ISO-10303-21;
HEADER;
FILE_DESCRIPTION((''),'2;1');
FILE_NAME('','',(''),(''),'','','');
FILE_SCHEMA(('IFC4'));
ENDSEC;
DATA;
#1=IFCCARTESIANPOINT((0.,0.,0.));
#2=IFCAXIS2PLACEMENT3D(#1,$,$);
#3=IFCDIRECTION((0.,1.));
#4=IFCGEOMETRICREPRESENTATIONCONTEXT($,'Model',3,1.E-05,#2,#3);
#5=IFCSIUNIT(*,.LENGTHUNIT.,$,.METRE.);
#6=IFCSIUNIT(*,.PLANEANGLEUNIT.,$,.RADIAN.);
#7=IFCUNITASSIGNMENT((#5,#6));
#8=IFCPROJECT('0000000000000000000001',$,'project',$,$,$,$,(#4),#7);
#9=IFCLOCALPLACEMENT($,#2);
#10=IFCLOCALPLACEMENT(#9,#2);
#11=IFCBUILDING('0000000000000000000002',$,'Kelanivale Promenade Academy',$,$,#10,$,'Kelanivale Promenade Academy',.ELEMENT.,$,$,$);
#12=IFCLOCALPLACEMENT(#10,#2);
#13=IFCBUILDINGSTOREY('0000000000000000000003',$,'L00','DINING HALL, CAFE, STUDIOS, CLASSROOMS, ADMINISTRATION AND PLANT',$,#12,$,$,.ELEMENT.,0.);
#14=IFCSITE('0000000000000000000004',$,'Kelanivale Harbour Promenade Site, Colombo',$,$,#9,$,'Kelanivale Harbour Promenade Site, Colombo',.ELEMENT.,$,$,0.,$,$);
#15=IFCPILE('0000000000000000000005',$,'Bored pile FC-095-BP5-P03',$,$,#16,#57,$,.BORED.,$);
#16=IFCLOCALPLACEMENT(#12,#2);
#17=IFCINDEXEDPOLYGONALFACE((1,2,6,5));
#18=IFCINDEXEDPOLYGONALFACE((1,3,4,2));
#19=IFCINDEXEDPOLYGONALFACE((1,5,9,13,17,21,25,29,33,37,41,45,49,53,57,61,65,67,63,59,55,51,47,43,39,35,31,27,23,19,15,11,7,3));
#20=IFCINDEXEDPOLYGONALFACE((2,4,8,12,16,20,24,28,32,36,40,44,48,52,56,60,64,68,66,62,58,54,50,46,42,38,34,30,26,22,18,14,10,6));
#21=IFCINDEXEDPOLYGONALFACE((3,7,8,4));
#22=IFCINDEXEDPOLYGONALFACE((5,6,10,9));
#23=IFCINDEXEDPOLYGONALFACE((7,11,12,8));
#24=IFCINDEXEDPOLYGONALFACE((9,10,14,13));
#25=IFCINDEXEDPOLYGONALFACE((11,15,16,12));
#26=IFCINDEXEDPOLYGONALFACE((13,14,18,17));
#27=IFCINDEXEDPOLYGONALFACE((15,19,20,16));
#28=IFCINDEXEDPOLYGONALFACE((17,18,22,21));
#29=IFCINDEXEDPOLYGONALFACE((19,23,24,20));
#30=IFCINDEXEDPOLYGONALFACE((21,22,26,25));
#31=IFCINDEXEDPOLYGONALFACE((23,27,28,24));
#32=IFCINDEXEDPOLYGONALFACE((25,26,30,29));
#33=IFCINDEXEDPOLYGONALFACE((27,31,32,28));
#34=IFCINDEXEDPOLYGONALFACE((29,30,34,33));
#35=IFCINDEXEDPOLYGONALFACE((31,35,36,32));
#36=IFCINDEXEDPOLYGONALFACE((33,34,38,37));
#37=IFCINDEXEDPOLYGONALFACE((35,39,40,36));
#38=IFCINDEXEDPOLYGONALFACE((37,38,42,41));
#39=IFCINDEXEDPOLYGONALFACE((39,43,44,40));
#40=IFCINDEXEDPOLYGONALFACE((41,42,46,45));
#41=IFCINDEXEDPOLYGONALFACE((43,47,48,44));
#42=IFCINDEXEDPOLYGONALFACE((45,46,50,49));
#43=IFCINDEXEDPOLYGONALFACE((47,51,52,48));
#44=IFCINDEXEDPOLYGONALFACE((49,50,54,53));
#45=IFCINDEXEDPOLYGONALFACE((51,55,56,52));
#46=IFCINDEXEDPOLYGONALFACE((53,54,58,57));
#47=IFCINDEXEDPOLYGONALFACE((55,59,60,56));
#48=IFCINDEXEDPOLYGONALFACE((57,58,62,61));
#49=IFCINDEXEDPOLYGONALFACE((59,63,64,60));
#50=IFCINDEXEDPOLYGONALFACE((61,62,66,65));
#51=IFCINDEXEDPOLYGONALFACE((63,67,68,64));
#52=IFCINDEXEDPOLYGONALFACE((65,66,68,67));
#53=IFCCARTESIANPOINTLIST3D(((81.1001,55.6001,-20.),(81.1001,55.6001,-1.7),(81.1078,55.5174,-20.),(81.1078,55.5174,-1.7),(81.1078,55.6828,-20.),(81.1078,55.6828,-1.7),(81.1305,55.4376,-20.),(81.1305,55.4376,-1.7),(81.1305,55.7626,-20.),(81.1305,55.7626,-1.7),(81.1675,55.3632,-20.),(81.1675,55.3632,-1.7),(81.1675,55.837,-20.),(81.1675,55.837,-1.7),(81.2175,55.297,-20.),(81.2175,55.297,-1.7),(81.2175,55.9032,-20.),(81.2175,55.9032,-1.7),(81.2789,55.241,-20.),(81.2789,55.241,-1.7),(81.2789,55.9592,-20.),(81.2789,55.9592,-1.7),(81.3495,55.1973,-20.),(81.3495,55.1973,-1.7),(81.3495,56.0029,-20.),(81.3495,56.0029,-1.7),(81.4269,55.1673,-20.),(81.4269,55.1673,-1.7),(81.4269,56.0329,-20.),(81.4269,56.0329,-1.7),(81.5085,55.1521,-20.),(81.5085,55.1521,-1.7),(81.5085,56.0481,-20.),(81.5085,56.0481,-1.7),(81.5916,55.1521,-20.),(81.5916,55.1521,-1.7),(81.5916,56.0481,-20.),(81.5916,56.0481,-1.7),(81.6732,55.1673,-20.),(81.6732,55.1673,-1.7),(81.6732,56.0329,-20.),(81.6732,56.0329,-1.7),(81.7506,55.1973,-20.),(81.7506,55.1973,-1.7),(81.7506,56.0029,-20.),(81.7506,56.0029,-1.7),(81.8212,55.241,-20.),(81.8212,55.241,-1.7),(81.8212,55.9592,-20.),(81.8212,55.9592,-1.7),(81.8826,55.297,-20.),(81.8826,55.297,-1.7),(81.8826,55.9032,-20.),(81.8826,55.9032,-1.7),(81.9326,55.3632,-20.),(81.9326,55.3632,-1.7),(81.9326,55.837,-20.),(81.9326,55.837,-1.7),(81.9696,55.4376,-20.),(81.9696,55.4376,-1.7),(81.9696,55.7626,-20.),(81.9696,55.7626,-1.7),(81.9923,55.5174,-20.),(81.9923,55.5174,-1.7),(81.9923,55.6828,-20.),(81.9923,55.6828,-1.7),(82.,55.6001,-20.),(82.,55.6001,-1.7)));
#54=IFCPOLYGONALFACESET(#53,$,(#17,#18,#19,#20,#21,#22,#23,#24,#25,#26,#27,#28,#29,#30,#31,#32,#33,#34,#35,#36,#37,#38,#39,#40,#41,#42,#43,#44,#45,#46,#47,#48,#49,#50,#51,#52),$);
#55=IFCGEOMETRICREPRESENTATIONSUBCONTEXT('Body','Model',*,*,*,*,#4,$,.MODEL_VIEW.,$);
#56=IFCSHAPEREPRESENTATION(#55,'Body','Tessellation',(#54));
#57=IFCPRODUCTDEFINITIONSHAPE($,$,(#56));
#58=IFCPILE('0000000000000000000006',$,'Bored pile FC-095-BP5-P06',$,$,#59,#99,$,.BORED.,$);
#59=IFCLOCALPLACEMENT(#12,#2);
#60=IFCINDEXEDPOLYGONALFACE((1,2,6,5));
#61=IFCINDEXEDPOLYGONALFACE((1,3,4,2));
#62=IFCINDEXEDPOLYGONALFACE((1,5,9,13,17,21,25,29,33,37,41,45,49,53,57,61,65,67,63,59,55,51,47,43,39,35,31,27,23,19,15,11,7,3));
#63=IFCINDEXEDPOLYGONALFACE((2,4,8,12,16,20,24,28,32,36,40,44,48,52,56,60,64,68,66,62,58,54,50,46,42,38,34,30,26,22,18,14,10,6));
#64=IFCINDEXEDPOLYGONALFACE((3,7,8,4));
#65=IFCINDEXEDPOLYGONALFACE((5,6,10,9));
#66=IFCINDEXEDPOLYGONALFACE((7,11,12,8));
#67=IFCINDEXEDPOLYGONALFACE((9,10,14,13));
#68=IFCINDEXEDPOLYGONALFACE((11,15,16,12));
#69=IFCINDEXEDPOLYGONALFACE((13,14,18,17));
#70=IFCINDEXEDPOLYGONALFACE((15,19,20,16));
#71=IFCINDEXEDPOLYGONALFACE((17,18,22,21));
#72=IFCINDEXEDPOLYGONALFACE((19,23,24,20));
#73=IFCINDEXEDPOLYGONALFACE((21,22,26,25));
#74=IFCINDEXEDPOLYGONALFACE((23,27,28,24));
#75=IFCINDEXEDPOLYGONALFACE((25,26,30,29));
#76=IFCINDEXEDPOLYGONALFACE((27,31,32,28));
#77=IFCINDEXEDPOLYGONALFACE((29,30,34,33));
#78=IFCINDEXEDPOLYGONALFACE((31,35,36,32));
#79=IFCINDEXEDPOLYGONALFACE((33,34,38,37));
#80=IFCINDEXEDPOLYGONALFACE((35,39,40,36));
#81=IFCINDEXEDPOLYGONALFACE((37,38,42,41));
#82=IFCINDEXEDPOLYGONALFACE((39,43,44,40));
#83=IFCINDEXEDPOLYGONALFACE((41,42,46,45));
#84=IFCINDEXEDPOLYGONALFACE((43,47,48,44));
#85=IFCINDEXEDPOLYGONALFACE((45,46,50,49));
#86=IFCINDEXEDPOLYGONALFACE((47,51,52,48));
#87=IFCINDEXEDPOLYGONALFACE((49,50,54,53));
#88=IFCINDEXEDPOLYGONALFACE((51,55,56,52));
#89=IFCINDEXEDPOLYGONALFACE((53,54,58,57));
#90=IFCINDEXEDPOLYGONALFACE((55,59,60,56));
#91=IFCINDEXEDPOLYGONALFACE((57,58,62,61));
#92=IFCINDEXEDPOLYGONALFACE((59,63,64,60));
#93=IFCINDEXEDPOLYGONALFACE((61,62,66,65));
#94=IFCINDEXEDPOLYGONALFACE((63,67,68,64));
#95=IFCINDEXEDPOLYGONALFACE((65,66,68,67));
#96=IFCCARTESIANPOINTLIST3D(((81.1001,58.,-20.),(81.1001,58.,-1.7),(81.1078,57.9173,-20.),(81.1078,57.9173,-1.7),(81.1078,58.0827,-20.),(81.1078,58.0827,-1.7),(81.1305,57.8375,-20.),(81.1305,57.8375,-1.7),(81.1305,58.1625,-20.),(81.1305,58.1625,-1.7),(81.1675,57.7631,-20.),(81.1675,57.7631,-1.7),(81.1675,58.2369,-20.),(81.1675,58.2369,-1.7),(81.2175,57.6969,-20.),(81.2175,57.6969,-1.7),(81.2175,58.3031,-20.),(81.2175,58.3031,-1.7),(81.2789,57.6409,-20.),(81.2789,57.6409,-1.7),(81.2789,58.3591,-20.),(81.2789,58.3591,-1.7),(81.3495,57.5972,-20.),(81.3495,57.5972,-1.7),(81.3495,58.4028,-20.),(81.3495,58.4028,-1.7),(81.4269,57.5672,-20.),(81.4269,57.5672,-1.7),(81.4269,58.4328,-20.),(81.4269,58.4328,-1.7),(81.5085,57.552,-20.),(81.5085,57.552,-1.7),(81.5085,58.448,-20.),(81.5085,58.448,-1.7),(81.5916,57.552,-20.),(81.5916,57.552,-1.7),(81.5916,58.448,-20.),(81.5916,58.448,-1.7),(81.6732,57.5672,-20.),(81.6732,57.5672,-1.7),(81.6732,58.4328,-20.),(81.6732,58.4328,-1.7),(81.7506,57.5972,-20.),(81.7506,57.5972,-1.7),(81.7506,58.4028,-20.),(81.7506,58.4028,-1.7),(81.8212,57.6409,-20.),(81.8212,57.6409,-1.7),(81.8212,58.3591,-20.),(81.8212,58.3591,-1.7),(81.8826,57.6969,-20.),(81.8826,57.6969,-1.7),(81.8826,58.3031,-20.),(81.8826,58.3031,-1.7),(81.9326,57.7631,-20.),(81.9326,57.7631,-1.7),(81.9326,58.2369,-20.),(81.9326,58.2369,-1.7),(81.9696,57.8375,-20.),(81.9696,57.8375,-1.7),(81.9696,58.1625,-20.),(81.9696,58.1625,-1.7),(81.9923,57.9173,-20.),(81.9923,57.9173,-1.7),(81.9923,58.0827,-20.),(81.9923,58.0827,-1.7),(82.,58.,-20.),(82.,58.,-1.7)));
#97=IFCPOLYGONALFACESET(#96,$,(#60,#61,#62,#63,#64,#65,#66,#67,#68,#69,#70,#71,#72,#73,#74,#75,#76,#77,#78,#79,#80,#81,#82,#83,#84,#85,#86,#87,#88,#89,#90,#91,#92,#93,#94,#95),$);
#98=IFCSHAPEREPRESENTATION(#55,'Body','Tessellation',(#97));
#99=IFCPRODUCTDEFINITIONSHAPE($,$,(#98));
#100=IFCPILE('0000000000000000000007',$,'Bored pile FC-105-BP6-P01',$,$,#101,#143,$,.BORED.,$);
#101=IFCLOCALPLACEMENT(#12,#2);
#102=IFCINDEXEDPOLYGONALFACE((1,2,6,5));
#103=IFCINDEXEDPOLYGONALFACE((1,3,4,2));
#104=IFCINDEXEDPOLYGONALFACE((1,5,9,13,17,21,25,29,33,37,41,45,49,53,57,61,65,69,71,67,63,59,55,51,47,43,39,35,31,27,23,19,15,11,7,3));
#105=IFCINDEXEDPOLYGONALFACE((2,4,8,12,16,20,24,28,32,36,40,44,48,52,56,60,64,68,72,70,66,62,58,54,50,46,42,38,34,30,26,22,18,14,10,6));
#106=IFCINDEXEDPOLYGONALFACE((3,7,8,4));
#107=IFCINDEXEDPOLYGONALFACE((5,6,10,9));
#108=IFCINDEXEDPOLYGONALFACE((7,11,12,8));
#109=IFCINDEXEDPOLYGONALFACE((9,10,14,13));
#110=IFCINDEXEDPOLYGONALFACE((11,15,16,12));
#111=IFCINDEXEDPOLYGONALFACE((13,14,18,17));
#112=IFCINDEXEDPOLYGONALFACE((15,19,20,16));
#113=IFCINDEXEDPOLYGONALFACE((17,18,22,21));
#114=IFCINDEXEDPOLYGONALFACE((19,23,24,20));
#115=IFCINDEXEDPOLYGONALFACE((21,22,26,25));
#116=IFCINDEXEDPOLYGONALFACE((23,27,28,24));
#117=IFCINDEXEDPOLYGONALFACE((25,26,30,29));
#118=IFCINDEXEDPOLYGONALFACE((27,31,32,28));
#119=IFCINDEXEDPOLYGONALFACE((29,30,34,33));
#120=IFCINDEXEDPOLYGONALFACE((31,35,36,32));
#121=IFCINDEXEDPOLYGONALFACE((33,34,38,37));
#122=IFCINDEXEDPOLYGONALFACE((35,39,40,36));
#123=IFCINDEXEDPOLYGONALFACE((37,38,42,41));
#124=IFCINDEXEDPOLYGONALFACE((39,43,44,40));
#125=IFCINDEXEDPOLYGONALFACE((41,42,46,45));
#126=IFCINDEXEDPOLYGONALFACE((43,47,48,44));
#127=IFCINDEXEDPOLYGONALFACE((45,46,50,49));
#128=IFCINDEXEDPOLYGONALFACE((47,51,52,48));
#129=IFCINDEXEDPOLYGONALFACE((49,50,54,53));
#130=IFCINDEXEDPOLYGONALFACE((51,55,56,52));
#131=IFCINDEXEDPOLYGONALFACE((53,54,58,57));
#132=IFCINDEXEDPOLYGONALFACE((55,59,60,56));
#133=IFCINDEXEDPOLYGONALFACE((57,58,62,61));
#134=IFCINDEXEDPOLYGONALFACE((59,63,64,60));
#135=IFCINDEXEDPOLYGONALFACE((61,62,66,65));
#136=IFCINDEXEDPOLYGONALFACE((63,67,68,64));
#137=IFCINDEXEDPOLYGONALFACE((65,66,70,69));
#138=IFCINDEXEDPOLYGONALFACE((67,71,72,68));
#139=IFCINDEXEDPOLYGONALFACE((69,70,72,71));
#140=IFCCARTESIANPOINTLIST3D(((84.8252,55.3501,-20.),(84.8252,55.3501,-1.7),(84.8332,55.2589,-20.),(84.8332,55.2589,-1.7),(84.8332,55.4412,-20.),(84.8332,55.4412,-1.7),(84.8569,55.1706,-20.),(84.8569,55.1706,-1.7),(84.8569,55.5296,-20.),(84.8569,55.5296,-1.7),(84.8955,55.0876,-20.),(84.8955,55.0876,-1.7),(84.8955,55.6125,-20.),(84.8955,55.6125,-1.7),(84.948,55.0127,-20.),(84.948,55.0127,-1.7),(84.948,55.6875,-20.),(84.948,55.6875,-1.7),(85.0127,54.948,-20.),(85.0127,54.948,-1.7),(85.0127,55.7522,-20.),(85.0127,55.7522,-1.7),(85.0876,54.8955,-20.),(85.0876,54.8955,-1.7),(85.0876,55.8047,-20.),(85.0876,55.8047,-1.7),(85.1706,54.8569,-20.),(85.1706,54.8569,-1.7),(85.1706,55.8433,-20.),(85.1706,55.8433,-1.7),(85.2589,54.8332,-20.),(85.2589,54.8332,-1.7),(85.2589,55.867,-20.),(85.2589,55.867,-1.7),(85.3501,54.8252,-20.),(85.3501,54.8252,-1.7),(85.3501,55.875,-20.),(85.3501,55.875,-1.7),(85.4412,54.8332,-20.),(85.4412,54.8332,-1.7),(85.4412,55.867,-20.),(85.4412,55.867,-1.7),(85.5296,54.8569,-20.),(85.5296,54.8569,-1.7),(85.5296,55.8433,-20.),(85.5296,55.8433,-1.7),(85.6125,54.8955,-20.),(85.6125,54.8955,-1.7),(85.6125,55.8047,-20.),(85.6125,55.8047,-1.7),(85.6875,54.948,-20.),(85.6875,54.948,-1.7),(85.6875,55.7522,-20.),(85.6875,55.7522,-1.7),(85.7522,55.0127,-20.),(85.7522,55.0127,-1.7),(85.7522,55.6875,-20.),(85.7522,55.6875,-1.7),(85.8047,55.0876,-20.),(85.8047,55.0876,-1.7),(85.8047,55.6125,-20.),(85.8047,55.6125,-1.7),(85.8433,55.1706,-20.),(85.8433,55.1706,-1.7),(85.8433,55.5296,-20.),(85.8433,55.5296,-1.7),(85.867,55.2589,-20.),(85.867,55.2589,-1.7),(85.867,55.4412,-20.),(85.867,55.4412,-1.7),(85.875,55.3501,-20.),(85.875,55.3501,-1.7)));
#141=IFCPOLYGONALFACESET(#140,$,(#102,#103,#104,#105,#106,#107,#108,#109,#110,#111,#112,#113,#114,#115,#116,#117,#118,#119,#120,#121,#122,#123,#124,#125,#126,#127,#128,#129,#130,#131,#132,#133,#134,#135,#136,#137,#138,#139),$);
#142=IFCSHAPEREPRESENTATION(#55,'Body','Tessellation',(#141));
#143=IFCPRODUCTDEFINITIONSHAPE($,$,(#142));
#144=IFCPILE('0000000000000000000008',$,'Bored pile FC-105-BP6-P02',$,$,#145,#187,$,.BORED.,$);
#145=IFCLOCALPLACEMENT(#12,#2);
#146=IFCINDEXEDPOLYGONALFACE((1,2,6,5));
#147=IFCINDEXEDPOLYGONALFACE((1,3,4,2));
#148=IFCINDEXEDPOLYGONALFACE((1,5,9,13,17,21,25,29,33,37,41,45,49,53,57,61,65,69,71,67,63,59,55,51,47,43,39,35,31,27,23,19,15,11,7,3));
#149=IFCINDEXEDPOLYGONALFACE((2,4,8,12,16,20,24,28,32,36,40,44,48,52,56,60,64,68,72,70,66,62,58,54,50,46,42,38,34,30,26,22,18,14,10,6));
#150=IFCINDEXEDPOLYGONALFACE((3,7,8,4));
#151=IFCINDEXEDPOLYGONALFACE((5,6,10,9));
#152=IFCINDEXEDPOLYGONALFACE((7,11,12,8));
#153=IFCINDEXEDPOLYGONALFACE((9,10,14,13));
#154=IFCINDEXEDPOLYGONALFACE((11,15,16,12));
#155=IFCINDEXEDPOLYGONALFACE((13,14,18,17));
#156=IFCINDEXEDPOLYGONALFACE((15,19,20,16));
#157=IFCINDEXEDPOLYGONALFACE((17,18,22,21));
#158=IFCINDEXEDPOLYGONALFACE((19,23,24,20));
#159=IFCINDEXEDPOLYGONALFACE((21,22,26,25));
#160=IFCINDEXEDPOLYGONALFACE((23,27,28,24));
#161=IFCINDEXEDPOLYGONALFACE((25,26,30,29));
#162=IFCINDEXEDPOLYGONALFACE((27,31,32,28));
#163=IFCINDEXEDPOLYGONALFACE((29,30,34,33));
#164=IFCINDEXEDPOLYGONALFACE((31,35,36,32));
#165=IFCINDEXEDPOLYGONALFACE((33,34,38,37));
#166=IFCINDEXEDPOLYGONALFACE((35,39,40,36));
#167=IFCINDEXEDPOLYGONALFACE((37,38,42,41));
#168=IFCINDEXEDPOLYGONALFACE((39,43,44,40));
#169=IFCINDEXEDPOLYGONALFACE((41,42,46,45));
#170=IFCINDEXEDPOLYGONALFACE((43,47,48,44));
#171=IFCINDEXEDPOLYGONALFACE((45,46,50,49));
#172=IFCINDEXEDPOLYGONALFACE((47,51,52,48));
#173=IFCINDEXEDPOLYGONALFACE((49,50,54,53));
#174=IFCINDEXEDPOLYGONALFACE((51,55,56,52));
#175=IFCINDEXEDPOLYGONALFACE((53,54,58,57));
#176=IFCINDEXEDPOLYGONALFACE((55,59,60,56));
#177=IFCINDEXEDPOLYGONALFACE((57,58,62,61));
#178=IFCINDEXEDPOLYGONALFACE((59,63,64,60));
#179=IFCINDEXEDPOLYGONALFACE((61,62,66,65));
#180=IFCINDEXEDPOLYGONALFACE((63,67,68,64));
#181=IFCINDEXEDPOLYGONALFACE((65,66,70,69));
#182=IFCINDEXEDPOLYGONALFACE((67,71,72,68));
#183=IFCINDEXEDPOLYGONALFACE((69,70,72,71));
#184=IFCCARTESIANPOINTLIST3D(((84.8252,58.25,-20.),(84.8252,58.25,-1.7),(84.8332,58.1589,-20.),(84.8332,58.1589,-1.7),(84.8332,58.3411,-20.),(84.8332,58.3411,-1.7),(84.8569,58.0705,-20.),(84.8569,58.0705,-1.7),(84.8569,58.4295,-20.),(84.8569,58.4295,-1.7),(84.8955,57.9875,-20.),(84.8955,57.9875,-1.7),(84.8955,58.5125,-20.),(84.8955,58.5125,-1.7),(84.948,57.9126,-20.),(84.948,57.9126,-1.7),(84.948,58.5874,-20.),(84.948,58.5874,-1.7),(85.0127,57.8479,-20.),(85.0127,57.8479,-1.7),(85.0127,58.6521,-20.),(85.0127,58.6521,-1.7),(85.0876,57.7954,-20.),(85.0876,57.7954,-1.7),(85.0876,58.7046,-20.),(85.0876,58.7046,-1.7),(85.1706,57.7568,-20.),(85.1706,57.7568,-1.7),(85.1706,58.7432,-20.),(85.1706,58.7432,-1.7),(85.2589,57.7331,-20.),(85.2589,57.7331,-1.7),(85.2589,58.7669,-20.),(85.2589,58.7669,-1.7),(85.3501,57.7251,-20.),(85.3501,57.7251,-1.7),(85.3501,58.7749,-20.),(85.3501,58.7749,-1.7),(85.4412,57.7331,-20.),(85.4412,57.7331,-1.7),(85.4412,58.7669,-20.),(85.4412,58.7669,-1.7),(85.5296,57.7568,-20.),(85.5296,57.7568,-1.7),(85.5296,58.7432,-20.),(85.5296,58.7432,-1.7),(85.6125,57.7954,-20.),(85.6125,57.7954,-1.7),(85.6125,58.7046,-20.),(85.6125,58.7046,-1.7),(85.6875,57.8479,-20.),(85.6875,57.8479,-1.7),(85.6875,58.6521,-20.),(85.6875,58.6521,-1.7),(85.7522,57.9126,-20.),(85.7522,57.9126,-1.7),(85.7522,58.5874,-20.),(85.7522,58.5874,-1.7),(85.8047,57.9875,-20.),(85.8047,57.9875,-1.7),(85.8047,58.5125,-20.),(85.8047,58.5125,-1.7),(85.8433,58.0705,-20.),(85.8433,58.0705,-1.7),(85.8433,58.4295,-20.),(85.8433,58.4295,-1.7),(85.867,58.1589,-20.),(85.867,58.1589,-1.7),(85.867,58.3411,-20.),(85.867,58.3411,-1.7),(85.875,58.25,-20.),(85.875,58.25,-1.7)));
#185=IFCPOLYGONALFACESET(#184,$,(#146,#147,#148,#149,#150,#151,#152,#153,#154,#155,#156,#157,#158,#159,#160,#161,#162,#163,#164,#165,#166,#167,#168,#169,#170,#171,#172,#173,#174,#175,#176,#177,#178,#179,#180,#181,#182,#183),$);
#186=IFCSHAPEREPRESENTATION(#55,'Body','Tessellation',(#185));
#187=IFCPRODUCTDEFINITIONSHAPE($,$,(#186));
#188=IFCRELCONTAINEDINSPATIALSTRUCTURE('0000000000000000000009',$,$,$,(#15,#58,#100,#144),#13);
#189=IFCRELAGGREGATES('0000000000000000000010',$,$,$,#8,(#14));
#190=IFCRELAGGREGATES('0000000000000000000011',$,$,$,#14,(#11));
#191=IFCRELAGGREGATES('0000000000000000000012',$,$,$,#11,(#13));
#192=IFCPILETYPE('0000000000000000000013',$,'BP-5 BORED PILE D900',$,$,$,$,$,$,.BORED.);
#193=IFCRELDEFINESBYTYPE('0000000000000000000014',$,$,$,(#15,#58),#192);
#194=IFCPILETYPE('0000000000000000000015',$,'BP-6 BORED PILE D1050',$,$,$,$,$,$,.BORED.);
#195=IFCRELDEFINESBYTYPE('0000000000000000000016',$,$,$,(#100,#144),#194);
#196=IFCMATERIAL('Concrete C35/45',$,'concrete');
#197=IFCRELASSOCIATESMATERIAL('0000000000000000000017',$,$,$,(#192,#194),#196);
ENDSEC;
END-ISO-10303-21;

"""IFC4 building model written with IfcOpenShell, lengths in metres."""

from ifc_helpers import new_model, si_unit, direction, frame, origin, origin_2d, place, context, subcontext, project, spatial, circle, extrude, material, material_profile, profile_set, type_object, element, save


model = new_model("IFC4")

# Units and contexts
model_context = context("Model", 3, precision=1e-05, world=origin(), true_north=direction((0.0, 1.0)))
body_context = subcontext(model_context, "Body", "Model", "MODEL_VIEW")
ifc_project = project(units=[si_unit("LENGTHUNIT", "METRE"), si_unit("PLANEANGLEUNIT", "RADIAN")], contexts=[model_context])

# Site, building, storey
site_placement = place(None, origin())
site = spatial("IfcSite", under=ifc_project, at=site_placement, Name="Kelanivale Harbour Promenade Site, Colombo", LongName="Kelanivale Harbour Promenade Site, Colombo", CompositionType="ELEMENT", RefElevation=0.0)
building_placement = place(site_placement, origin())
building = spatial("IfcBuilding", under=site, at=building_placement, Name="Kelanivale Promenade Academy", LongName="Kelanivale Promenade Academy", CompositionType="ELEMENT")
storey_placement = place(building_placement, origin())
storey = spatial("IfcBuildingStorey", under=building, at=storey_placement, Name="L00", Description="DINING HALL, CAFE, STUDIOS, CLASSROOMS, ADMINISTRATION AND PLANT", CompositionType="ELEMENT", Elevation=0.0)

# Piles
ifc_material_1 = material(Name="Concrete C35/45", Category="concrete")
ifc_material_profile_1 = material_profile(ifc_material_1, circle(Radius=0.45, at=origin_2d()), Name="BORED PILE D900")
ifc_profile_set_1 = profile_set([ifc_material_profile_1], Name="Concrete C35/45")
pile_type_1 = type_object("IfcPileType", Name="BP-5 BORED PILE D900", PredefinedType="BORED", material=ifc_profile_set_1)
for number, where, z_axis, x_axis, name in (
    (1, (81.55, 55.6001, -1.7), (0.0, 0.0, -1.0), (1.0, 0.0, 0.0), "Bored pile FC-095-BP5-P03"),
    (2, (81.55, 58.0, -1.7), (0.0, 0.0, -1.0), (1.0, 0.0, 0.0), "Bored pile FC-095-BP5-P06"),
):
    element("IfcPile", number, at=place(storey_placement, frame(where, z_axis=z_axis, x_axis=x_axis)), inside=storey, type_object=pile_type_1, Name=name, PredefinedType="BORED", context=body_context, shape_type="SweptSolid", body=[
        extrude(circle(Radius=0.45, at=origin_2d()), origin(), (0.0, 0.0, 1.0), 18.3),
    ])
ifc_material_profile_2 = material_profile(ifc_material_1, circle(Radius=0.5249, at=origin_2d()), Name="BORED PILE D1050")
ifc_profile_set_2 = profile_set([ifc_material_profile_2], Name="Concrete C35/45")
pile_type_2 = type_object("IfcPileType", Name="BP-6 BORED PILE D1050", PredefinedType="BORED", material=ifc_profile_set_2)
for number, where, z_axis, x_axis, name in (
    (3, (85.3501, 55.3501, -1.7), (0.0, 0.0, -1.0), (1.0, 0.0, 0.0), "Bored pile FC-105-BP6-P01"),
    (4, (85.3501, 58.25, -1.7), (0.0, 0.0, -1.0), (1.0, 0.0, 0.0), "Bored pile FC-105-BP6-P02"),
):
    element("IfcPile", number, at=place(storey_placement, frame(where, z_axis=z_axis, x_axis=x_axis)), inside=storey, type_object=pile_type_2, Name=name, PredefinedType="BORED", context=body_context, shape_type="SweptSolid", body=[
        extrude(circle(Radius=0.5249, at=origin_2d()), origin(), (0.0, 0.0, 1.0), 18.3),
    ])

save(model, "model.ifc")
